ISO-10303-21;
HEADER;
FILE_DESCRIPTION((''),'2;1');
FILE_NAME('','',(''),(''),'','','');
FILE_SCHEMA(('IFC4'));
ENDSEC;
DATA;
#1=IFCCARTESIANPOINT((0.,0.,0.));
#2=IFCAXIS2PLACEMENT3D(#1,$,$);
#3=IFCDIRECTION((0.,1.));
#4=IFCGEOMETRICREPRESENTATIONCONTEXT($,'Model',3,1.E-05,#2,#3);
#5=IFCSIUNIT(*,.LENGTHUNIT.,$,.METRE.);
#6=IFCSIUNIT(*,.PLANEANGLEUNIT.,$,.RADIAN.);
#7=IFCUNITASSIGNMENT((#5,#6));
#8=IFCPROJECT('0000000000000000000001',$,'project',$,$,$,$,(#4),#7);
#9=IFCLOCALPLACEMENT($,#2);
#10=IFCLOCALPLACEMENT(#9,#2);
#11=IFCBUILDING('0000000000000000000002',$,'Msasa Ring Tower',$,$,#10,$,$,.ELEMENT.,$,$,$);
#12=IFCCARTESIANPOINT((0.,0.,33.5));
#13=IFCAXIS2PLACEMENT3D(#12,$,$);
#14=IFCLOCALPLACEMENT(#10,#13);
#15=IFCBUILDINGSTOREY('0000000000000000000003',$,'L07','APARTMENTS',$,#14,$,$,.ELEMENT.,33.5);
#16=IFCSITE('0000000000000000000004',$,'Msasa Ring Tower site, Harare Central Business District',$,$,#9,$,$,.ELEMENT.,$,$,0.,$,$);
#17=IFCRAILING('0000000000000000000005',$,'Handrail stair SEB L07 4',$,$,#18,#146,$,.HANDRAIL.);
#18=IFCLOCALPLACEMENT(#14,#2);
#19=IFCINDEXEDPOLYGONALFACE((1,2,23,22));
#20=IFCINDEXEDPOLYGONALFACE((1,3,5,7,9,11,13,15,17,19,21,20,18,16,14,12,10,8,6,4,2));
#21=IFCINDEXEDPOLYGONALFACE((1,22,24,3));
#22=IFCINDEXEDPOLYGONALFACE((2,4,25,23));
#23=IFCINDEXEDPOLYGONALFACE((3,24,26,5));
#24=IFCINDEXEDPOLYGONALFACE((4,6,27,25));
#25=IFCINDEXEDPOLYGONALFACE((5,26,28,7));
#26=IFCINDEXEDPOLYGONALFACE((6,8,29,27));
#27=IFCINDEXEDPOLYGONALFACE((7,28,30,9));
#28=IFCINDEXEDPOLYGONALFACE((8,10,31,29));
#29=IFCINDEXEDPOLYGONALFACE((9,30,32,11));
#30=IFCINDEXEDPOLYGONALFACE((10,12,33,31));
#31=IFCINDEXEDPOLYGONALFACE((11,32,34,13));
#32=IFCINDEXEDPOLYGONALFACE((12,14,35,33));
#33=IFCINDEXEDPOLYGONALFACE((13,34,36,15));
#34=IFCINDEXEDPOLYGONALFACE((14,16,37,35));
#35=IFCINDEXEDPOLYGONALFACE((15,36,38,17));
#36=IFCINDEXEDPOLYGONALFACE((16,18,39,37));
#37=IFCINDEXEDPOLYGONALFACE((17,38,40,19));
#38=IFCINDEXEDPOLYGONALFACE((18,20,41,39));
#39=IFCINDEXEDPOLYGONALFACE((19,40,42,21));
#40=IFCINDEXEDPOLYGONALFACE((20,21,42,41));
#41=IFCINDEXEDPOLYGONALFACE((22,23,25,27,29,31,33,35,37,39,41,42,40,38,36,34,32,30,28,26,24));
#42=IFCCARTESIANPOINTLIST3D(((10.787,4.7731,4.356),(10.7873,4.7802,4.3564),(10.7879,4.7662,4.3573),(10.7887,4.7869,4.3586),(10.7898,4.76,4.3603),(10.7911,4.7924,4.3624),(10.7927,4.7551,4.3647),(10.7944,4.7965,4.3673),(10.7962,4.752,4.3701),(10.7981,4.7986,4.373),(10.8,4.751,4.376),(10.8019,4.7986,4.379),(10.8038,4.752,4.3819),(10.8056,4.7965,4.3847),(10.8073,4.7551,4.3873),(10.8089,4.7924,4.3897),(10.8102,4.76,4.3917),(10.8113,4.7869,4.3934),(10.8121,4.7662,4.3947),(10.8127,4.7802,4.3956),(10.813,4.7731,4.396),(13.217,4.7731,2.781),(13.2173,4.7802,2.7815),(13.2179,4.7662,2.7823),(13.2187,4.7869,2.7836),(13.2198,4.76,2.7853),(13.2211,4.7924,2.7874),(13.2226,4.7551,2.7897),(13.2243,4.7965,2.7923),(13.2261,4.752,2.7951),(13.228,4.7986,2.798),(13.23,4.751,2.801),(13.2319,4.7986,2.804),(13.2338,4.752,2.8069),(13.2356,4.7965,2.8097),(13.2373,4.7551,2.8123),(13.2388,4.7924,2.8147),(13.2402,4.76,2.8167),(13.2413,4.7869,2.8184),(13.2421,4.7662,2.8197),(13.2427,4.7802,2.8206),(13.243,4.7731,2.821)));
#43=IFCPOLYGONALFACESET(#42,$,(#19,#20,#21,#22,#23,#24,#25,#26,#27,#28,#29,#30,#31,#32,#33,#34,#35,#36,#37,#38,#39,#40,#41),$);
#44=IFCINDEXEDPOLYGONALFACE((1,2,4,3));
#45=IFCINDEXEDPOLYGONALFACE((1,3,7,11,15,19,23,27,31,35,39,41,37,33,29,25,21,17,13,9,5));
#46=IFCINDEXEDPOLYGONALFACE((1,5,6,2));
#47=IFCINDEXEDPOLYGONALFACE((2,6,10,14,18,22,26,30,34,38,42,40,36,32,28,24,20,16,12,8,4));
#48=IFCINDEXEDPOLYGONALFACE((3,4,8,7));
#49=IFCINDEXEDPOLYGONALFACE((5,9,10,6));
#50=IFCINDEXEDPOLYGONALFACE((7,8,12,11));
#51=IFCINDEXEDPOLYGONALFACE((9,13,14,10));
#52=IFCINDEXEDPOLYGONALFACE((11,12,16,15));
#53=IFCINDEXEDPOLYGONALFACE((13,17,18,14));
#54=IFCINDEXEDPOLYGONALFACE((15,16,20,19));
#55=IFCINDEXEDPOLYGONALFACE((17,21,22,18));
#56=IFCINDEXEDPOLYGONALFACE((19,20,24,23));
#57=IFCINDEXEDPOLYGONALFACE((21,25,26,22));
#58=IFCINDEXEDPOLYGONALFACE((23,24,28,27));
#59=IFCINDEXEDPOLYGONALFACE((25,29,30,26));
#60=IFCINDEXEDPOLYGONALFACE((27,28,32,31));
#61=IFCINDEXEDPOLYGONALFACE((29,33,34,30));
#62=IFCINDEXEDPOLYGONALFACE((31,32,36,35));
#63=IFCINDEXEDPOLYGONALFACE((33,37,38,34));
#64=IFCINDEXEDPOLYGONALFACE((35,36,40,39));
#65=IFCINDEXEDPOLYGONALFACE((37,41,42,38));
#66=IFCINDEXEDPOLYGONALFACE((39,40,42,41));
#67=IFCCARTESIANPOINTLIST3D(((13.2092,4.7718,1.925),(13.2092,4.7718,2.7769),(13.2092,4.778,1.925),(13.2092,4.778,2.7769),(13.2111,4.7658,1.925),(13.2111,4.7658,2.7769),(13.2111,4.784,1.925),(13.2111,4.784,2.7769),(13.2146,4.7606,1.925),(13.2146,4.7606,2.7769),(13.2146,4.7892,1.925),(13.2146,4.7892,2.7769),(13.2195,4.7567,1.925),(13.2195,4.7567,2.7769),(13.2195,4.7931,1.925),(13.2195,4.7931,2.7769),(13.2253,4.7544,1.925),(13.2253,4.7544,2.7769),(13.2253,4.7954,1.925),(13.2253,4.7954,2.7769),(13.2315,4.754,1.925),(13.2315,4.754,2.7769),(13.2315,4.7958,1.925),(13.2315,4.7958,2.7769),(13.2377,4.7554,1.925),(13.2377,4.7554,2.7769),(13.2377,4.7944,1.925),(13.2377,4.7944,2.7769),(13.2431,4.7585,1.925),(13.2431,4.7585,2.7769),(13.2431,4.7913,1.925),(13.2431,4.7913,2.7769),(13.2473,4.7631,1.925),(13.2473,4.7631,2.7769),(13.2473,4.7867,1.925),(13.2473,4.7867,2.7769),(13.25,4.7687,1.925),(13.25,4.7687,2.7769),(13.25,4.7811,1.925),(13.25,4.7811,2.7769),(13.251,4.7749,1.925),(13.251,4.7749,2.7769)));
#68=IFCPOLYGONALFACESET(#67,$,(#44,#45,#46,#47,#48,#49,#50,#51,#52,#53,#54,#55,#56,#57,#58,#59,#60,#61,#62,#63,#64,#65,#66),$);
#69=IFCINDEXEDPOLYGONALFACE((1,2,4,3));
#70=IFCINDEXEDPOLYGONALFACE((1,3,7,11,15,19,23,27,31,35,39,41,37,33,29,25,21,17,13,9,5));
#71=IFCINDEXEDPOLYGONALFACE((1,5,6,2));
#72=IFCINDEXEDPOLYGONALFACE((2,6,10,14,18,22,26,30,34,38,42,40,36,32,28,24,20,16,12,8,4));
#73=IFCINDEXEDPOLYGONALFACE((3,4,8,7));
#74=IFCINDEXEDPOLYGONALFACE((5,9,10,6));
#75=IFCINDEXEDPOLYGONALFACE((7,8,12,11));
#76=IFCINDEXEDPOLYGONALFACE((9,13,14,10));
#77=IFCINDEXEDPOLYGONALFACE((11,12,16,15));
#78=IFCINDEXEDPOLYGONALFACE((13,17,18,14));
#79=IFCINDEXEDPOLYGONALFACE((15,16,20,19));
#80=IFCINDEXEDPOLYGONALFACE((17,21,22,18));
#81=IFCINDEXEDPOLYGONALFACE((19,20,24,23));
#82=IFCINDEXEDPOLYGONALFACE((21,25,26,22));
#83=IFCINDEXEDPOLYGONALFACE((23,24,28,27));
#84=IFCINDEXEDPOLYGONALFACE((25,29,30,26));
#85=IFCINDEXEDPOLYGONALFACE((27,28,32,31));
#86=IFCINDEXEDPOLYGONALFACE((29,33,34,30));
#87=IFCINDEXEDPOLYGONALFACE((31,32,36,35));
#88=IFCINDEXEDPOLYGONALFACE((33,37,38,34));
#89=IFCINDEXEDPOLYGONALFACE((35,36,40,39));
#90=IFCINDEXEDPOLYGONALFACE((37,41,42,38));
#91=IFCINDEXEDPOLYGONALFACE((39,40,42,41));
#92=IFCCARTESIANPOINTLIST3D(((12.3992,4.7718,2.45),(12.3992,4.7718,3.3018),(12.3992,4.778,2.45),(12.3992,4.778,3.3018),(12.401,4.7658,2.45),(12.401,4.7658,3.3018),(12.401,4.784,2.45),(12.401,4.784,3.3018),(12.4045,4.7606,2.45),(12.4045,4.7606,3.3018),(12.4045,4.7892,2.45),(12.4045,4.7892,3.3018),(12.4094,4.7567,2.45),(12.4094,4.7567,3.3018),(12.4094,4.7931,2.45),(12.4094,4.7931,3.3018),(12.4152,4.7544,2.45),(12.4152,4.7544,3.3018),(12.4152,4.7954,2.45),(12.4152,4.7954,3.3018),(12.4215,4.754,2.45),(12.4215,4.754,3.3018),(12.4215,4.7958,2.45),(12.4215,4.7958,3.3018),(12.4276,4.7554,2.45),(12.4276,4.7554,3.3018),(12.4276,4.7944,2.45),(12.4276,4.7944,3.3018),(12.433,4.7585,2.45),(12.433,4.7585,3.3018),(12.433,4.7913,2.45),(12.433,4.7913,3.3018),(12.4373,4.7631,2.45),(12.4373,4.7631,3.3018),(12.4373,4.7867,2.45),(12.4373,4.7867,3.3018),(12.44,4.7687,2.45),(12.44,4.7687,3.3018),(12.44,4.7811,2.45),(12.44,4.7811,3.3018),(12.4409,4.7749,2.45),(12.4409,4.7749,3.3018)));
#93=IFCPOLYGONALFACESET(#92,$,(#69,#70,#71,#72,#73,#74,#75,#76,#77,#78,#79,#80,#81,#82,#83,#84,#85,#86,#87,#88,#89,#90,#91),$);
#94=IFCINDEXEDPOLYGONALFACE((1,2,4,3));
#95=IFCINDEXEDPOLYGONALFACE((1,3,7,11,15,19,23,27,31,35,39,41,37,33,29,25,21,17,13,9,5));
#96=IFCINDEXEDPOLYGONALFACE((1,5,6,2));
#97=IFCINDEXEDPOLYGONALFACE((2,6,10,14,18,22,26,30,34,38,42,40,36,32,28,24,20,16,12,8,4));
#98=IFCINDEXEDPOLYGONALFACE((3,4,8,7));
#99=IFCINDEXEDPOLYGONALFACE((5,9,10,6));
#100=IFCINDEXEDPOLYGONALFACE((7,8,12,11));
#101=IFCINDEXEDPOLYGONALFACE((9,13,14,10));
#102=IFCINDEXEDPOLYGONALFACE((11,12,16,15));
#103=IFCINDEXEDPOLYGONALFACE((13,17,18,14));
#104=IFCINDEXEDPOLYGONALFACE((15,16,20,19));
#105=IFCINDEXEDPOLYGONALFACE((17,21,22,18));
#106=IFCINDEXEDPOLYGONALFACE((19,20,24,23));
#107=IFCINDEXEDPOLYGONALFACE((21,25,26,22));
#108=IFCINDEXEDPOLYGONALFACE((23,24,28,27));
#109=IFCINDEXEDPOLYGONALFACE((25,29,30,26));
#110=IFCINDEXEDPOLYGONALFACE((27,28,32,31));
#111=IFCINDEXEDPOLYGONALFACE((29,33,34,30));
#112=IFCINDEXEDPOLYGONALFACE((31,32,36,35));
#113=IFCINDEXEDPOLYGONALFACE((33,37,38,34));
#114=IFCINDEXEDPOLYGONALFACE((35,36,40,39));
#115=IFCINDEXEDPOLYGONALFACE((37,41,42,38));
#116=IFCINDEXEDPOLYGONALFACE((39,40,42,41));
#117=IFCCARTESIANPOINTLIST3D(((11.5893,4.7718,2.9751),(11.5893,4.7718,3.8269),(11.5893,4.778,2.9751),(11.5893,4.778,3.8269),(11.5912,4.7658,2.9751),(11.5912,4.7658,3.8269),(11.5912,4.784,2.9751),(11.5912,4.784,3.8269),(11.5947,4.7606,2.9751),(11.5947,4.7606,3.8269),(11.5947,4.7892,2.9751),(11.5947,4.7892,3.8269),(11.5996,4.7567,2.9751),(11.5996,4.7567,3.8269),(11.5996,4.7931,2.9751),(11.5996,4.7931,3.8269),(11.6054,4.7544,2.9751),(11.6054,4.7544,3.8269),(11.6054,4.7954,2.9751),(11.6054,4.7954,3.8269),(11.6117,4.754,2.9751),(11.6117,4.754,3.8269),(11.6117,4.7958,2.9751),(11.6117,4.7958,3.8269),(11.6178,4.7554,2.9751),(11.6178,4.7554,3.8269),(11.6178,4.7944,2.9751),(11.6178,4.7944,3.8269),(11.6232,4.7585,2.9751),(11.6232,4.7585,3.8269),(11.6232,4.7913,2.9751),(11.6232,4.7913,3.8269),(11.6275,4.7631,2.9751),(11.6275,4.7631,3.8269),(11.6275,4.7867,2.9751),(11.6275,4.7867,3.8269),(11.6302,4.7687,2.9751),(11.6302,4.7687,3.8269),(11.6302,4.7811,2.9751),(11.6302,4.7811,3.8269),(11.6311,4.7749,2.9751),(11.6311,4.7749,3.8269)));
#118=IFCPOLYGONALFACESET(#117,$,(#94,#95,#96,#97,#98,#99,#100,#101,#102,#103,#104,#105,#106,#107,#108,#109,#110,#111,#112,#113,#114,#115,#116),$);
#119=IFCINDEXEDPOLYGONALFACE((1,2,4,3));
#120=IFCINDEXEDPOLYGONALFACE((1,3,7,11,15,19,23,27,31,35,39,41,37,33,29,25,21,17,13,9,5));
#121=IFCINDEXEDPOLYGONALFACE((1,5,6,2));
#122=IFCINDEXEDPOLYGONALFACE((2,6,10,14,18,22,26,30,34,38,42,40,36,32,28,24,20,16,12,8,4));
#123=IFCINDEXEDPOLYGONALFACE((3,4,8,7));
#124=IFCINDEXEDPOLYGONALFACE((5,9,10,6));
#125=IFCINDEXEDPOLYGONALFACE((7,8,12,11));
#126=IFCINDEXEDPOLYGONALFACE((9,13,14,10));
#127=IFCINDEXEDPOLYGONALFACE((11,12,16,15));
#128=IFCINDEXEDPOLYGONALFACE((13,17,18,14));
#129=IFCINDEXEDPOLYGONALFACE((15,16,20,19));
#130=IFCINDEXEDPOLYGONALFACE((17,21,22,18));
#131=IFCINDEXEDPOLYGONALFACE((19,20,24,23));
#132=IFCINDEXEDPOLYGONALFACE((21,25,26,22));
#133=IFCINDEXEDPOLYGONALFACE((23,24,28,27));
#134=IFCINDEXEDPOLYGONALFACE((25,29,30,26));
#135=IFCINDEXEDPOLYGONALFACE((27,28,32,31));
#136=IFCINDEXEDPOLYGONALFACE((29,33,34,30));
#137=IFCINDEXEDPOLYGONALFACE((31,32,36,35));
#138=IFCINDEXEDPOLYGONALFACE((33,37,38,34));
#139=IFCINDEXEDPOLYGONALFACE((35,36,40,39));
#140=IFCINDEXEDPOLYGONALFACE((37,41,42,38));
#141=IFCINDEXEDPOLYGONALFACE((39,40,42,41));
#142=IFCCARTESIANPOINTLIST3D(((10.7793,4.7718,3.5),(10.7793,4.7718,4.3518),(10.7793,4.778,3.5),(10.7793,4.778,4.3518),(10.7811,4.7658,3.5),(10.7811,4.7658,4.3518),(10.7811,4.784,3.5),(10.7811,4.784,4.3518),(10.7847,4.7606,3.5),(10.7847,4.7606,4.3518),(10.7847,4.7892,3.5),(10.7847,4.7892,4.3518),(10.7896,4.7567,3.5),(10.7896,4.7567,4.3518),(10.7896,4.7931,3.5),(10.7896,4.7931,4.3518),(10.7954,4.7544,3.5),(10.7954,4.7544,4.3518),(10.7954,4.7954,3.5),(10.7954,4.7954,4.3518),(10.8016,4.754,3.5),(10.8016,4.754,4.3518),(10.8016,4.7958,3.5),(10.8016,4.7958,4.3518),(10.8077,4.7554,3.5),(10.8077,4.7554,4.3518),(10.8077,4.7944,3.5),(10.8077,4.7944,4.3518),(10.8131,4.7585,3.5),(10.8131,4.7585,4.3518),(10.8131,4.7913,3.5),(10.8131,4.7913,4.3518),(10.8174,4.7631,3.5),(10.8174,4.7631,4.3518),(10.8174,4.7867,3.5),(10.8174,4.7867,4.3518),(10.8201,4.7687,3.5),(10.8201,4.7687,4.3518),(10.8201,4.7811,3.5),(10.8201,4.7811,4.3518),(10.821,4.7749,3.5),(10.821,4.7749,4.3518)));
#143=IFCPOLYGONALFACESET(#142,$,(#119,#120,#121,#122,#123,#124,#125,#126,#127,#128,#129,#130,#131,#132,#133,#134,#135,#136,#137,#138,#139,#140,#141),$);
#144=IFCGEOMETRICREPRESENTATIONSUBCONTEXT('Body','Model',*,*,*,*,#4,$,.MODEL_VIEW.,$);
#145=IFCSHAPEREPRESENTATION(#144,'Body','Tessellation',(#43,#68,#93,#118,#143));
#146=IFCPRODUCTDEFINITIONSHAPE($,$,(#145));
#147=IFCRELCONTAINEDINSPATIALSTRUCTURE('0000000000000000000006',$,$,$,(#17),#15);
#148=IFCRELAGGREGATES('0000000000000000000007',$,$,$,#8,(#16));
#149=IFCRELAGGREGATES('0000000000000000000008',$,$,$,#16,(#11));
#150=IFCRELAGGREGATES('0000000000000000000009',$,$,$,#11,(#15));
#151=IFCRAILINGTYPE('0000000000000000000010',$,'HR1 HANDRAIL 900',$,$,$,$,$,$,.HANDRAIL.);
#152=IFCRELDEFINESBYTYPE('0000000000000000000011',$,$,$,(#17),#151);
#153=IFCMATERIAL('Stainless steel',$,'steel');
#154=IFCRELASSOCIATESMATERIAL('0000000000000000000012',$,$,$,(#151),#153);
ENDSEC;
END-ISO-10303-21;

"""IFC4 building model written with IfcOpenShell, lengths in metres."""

from ifc_helpers import new_model, si_unit, direction, frame, origin, origin_2d, place, context, subcontext, project, spatial, circle, extrude, material, type_object, element, save


model = new_model("IFC4")

# Units and contexts
model_context = context("Model", 3, precision=1e-05, world=origin(), true_north=direction((0.0, 1.0)))
body_context = subcontext(model_context, "Body", "Model", "MODEL_VIEW")
ifc_project = project(units=[si_unit("LENGTHUNIT", "METRE"), si_unit("PLANEANGLEUNIT", "RADIAN")], contexts=[model_context])

# Site, building, storey
site_placement = place(None, origin())
site = spatial("IfcSite", under=ifc_project, at=site_placement, Name="Msasa Ring Tower site, Harare Central Business District", CompositionType="ELEMENT", RefElevation=0.0)
building_placement = place(site_placement, origin())
building = spatial("IfcBuilding", under=site, at=building_placement, Name="Msasa Ring Tower", CompositionType="ELEMENT")
storey_placement = place(building_placement, frame((0.0, 0.0, 33.5)))
storey = spatial("IfcBuildingStorey", under=building, at=storey_placement, Name="L07", Description="APARTMENTS", CompositionType="ELEMENT", Elevation=33.5)

# Railing
ifc_material_1 = material(Name="Stainless steel", Category="steel")
railing_type = type_object("IfcRailingType", Name="HR1 HANDRAIL 900", PredefinedType="HANDRAIL", material=ifc_material_1)
for number, where, name in (
    (1, (13.23, 4.7749, 1.925), "Handrail stair SEB L07 4"),
):
    element("IfcRailing", number, at=place(storey_placement, frame(where)), inside=storey, type_object=railing_type, Name=name, PredefinedType="HANDRAIL", context=body_context, shape_type="SweptSolid", body=[
        extrude(circle(Radius=0.0239, at=origin_2d()), frame((0.0, 0.0, 0.876), z_axis=(-0.839154, 0.0, 0.543894), x_axis=(0.0, -1.0, 0.0)), (0.0, 0.0, 1.0), 2.8958),
        extrude(circle(Radius=0.021, at=origin_2d()), origin(), (0.0, 0.0, 1.0), 0.8518),
        extrude(circle(Radius=0.021, at=origin_2d()), frame((-0.8101, 0.0, 0.5249)), (0.0, 0.0, 1.0), 0.8518),
        extrude(circle(Radius=0.021, at=origin_2d()), frame((-1.6199, 0.0, 1.05)), (0.0, 0.0, 1.0), 0.8518),
        extrude(circle(Radius=0.021, at=origin_2d()), frame((-2.4299, 0.0, 1.575)), (0.0, 0.0, 1.0), 0.8518),
    ])

save(model, "model.ifc")
